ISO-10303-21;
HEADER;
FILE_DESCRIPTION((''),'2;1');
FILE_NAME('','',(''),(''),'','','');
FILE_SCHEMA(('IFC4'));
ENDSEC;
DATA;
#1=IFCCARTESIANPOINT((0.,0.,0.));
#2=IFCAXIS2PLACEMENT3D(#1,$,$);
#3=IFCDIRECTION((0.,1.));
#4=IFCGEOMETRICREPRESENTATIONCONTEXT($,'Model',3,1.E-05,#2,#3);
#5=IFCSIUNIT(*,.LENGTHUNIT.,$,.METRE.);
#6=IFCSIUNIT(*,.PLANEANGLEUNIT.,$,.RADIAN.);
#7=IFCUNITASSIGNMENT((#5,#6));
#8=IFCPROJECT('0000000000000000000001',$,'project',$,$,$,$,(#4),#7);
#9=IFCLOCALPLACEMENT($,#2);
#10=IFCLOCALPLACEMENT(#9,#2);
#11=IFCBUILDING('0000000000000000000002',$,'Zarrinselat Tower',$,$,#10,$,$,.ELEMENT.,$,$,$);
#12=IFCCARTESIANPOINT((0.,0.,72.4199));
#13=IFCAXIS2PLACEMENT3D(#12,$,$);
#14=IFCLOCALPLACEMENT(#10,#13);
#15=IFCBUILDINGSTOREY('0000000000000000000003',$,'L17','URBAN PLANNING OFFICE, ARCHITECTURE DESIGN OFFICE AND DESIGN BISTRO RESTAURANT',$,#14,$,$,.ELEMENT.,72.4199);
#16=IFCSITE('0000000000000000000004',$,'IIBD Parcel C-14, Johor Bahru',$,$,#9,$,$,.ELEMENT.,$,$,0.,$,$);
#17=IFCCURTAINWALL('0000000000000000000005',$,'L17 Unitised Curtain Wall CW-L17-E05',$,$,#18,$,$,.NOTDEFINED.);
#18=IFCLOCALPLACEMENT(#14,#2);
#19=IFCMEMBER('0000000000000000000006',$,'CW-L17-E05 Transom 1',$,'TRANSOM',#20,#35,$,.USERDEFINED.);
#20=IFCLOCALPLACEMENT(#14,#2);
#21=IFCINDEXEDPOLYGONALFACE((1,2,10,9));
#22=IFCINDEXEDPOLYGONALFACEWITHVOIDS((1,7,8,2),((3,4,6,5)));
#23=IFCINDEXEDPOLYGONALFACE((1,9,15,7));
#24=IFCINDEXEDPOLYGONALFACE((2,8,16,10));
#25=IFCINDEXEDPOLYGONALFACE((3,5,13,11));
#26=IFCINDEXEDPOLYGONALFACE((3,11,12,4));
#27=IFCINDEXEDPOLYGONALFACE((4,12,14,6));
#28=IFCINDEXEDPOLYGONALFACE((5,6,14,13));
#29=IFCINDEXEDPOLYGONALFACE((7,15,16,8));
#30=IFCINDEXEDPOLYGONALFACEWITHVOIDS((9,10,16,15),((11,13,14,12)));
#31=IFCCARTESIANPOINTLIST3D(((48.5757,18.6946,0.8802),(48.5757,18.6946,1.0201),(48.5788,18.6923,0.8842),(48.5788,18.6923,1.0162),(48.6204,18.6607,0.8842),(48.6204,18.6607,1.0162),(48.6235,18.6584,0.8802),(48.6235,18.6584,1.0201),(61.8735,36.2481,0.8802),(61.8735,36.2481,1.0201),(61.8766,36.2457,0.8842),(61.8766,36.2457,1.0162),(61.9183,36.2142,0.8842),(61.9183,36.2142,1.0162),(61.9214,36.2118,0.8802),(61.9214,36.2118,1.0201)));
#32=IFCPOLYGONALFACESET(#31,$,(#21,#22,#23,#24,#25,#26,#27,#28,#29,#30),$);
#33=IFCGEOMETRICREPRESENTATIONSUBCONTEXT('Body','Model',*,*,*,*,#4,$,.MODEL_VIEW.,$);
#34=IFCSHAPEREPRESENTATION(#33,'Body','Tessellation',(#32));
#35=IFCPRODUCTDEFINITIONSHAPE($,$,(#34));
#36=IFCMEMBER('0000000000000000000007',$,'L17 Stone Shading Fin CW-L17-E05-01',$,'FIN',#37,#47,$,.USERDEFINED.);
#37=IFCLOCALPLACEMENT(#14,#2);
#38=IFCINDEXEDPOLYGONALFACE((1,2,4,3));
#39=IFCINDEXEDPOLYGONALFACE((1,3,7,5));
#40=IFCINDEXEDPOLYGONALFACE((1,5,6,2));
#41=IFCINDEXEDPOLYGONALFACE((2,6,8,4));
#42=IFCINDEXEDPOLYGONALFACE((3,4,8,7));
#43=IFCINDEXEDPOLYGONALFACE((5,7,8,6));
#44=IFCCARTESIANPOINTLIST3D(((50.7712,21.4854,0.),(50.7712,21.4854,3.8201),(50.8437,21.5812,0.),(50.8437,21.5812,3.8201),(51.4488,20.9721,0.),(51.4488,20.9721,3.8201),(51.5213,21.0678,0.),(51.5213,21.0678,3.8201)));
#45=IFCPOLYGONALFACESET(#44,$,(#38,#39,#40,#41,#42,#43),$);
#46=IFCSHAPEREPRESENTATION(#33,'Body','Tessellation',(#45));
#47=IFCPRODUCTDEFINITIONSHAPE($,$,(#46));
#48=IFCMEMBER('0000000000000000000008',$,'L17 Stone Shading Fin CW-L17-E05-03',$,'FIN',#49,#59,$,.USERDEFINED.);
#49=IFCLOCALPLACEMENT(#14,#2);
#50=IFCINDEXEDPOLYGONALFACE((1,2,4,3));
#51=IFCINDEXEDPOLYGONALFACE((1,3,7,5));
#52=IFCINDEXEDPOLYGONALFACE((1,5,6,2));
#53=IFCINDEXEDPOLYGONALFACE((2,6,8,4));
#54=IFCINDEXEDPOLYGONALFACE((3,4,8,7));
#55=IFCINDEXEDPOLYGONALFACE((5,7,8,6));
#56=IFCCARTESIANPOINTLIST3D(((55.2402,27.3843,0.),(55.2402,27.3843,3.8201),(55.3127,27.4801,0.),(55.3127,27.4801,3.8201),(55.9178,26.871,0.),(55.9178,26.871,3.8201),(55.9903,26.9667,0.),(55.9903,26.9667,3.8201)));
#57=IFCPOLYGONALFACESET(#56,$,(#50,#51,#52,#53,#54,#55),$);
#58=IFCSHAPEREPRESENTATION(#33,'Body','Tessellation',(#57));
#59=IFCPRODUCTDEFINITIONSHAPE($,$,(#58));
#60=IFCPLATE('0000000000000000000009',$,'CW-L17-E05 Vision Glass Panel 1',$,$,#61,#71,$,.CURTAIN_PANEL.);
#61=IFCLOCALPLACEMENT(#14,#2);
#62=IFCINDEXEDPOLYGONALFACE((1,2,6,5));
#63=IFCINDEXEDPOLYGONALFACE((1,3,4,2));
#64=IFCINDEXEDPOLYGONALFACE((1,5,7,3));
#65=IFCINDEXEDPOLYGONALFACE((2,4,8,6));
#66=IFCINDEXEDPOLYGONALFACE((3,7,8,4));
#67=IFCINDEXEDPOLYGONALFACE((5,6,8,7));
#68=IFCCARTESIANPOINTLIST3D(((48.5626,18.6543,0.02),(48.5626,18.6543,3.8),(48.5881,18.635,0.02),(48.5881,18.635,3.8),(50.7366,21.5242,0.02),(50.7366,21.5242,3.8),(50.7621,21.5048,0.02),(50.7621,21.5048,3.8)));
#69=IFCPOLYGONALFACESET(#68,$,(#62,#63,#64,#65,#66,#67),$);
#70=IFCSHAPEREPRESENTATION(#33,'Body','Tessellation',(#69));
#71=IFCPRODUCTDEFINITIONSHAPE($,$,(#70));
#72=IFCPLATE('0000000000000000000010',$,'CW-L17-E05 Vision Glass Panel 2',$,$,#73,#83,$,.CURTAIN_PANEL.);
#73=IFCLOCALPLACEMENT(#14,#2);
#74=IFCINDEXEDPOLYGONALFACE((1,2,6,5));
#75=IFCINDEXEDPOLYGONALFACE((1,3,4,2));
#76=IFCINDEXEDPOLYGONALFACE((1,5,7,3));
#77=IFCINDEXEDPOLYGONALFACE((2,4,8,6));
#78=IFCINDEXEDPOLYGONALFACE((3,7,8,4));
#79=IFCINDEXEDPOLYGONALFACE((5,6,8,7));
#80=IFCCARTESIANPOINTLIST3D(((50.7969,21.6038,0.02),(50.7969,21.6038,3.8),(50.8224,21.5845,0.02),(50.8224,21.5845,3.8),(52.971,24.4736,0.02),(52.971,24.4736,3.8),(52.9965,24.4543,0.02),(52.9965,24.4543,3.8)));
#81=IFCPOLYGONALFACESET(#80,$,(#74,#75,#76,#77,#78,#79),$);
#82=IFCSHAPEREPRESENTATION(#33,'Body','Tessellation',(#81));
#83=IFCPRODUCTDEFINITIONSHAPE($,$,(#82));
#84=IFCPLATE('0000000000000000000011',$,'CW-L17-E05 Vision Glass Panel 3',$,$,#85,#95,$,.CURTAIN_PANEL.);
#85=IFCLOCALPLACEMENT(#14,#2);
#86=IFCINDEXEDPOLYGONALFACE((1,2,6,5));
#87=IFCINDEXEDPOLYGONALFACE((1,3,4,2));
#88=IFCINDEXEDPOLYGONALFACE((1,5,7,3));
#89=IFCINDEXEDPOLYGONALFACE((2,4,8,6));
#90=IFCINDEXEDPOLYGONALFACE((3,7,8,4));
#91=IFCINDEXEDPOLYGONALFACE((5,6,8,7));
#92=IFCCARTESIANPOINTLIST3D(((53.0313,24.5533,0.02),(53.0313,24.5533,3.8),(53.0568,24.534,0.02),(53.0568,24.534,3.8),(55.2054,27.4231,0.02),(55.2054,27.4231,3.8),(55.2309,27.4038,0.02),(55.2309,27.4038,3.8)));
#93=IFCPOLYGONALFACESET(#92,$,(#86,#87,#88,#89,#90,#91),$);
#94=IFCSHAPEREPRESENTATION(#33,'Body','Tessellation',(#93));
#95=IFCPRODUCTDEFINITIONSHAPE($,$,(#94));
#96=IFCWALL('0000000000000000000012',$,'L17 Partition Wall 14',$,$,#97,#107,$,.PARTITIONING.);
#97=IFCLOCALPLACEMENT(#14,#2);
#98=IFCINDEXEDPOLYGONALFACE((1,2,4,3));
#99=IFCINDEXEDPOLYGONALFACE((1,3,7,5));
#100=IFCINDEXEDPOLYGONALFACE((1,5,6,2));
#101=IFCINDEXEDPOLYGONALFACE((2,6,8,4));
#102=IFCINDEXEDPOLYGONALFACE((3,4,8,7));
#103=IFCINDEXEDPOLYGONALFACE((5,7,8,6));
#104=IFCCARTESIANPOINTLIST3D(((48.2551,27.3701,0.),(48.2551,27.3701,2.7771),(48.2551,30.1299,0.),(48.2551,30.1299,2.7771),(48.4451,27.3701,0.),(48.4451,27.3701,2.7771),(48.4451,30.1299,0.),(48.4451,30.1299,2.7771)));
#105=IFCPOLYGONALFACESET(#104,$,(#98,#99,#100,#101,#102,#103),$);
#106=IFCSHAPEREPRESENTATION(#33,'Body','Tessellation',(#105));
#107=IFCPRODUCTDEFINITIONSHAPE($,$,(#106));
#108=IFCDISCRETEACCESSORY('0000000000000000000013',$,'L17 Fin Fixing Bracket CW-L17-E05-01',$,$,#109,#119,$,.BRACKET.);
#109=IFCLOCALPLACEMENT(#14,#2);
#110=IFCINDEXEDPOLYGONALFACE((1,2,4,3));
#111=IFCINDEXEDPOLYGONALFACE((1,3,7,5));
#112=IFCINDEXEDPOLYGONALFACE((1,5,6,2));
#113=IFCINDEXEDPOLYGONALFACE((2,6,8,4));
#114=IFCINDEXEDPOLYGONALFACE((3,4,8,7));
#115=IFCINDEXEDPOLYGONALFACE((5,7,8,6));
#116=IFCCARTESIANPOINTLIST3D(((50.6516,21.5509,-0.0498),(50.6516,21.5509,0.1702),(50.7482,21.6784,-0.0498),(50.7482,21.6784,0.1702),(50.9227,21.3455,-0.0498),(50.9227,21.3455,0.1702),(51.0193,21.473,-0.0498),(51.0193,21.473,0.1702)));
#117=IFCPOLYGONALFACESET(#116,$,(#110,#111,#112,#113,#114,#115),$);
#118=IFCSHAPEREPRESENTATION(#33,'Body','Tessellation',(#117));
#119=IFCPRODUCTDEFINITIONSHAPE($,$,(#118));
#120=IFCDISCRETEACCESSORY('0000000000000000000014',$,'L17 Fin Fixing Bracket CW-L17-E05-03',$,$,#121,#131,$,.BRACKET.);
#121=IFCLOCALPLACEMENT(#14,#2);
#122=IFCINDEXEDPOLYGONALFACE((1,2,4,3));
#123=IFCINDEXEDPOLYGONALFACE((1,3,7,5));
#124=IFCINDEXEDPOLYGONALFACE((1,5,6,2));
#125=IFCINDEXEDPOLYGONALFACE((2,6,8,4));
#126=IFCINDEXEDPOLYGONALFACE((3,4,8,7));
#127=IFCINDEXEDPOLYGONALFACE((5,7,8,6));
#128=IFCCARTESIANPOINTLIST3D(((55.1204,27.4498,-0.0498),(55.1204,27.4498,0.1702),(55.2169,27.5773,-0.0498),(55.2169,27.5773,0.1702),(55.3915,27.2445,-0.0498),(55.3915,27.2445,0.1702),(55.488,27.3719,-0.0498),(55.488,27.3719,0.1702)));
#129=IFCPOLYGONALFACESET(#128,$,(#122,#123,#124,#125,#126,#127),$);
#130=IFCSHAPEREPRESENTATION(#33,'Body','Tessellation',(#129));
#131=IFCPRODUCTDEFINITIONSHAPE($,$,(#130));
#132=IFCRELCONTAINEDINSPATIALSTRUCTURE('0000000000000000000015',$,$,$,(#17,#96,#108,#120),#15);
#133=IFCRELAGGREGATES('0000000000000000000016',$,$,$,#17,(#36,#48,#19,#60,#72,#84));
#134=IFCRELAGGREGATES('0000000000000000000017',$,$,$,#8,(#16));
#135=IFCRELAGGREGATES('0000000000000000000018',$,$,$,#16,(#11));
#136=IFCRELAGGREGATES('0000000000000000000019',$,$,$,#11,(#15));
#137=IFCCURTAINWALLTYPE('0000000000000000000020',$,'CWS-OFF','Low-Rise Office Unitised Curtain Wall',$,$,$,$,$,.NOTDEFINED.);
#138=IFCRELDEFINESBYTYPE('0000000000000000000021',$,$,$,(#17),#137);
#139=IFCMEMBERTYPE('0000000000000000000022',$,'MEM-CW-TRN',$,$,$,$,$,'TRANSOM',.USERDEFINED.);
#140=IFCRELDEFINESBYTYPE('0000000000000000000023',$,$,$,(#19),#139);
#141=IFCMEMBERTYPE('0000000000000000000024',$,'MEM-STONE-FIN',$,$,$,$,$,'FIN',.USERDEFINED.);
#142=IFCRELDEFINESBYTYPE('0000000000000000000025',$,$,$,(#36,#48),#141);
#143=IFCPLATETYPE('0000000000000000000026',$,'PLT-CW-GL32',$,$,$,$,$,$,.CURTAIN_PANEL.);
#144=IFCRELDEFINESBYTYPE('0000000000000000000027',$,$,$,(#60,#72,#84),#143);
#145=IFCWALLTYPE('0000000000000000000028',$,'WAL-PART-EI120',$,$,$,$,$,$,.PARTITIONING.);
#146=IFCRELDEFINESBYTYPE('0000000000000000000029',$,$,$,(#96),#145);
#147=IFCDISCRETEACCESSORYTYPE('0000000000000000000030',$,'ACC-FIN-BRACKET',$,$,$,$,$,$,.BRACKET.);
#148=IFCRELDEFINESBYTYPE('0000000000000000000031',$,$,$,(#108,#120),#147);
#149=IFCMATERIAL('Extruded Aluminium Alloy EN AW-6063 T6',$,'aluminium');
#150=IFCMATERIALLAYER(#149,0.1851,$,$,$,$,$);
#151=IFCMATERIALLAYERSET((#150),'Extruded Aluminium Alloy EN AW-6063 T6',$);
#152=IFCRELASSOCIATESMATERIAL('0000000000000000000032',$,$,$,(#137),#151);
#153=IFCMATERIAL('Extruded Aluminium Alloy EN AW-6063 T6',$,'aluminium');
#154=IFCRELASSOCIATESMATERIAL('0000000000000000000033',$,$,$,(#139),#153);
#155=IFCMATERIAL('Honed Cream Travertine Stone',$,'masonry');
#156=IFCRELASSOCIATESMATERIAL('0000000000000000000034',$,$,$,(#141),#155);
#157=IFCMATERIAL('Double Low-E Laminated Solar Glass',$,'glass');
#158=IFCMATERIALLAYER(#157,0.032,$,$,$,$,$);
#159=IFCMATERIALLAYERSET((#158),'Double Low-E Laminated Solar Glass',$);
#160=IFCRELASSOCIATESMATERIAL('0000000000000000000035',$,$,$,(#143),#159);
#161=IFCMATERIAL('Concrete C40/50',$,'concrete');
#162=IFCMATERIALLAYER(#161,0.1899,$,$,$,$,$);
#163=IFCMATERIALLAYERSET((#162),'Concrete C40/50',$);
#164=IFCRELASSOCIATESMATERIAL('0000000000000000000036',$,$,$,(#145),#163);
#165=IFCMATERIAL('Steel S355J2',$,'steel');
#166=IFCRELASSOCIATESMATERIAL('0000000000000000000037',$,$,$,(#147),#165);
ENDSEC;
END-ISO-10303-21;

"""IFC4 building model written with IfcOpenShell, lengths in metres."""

from ifc_helpers import new_model, si_unit, direction, frame, frame_2d, origin, origin_2d, place, context, subcontext, project, spatial, rectangle, hollow_rectangle, extrude, material, layer, layer_set, material_profile, profile_set, type_object, element, aggregate, save


model = new_model("IFC4")

# Units and contexts
model_context = context("Model", 3, precision=1e-05, world=origin(), true_north=direction((0.0, 1.0)))
body_context = subcontext(model_context, "Body", "Model", "MODEL_VIEW")
ifc_project = project(units=[si_unit("LENGTHUNIT", "METRE"), si_unit("PLANEANGLEUNIT", "RADIAN")], contexts=[model_context])

# Site, building, storey
site_placement = place(None, origin())
site = spatial("IfcSite", under=ifc_project, at=site_placement, Name="IIBD Parcel C-14, Johor Bahru", CompositionType="ELEMENT", RefElevation=0.0)
building_placement = place(site_placement, origin())
building = spatial("IfcBuilding", under=site, at=building_placement, Name="Zarrinselat Tower", CompositionType="ELEMENT")
storey_placement = place(building_placement, frame((0.0, 0.0, 72.4199)))
storey = spatial("IfcBuildingStorey", under=building, at=storey_placement, Name="L17", Description="URBAN PLANNING OFFICE, ARCHITECTURE DESIGN OFFICE AND DESIGN BISTRO RESTAURANT", CompositionType="ELEMENT", Elevation=72.4199)

# Shared definitions
ifc_material_1 = material(Name="Extruded Aluminium Alloy EN AW-6063 T6", Category="aluminium")
ifc_layer_1 = layer(ifc_material_1, 0.1851)
ifc_layer_set_1 = layer_set([ifc_layer_1], Name="Extruded Aluminium Alloy EN AW-6063 T6")
curtain_wall_type = type_object("IfcCurtainWallType", Name="CWS-OFF", Description="Low-Rise Office Unitised Curtain Wall", PredefinedType="NOTDEFINED", material=ifc_layer_set_1)

# Curtain wall, members, plates
curtain_wall_1_placement = place(storey_placement, origin())
curtain_wall_1 = element("IfcCurtainWall", 1, at=curtain_wall_1_placement, inside=storey, type_object=curtain_wall_type, Name="L17 Unitised Curtain Wall CW-L17-E05", PredefinedType="NOTDEFINED")
ifc_material_2 = material(Name="Extruded Aluminium Alloy EN AW-6063 T6", Category="aluminium")
ifc_material_profile_1 = material_profile(ifc_material_2, hollow_rectangle(XDim=0.0601, YDim=0.1399, WallThickness=0.0039, at=origin_2d()), Name="RHS 140x60x4")
ifc_profile_set_1 = profile_set([ifc_material_profile_1], Name="Extruded Aluminium Alloy EN AW-6063 T6")
member_type_1 = type_object("IfcMemberType", Name="MEM-CW-TRN", ElementType="TRANSOM", PredefinedType="USERDEFINED", material=ifc_profile_set_1)
member_1_placement = place(storey_placement, frame((48.5996, 18.6765, 0.9502), z_axis=(0.603851, 0.797097, 0.0), x_axis=(-0.797097, 0.603851, 0.0)))
member_1 = element("IfcMember", 2, at=member_1_placement, type_object=member_type_1, Name="CW-L17-E05 Transom 1", ObjectType="TRANSOM", PredefinedType="USERDEFINED", context=body_context, shape_type="SweptSolid", body=[
    extrude(hollow_rectangle(XDim=0.0601, YDim=0.1399, WallThickness=0.0039, at=origin_2d()), origin(), (0.0, 0.0, 1.0), 22.0217),
])
ifc_material_3 = material(Name="Honed Cream Travertine Stone", Category="masonry")
ifc_material_profile_2 = material_profile(ifc_material_3, rectangle(XDim=0.1201, YDim=0.8501, at=origin_2d()), Name="FIN 850x120")
ifc_profile_set_2 = profile_set([ifc_material_profile_2], Name="Honed Cream Travertine Stone")
member_type_2 = type_object("IfcMemberType", Name="MEM-STONE-FIN", ElementType="FIN", PredefinedType="USERDEFINED", material=ifc_profile_set_2)
member_2_placement = place(storey_placement, frame((51.1462, 21.2766, 0.0), z_axis=(0.0, 0.0, 1.0), x_axis=(-0.603855, -0.797094, 0.0)))
member_2 = element("IfcMember", 3, at=member_2_placement, type_object=member_type_2, Name="L17 Stone Shading Fin CW-L17-E05-01", ObjectType="FIN", PredefinedType="USERDEFINED", context=body_context, shape_type="SweptSolid", body=[
    extrude(rectangle(XDim=0.1201, YDim=0.8501, at=origin_2d()), origin(), (0.0, 0.0, 1.0), 3.8201),
])
member_3_placement = place(storey_placement, frame((55.6152, 27.1755, 0.0), z_axis=(0.0, 0.0, 1.0), x_axis=(-0.603855, -0.797094, 0.0)))
member_3 = element("IfcMember", 4, at=member_3_placement, type_object=member_type_2, Name="L17 Stone Shading Fin CW-L17-E05-03", ObjectType="FIN", PredefinedType="USERDEFINED", context=body_context, shape_type="SweptSolid", body=[
    extrude(rectangle(XDim=0.1201, YDim=0.8501, at=origin_2d()), origin(), (0.0, 0.0, 1.0), 3.8201),
])
ifc_material_4 = material(Name="Double Low-E Laminated Solar Glass", Category="glass")
ifc_layer_2 = layer(ifc_material_4, 0.032)
ifc_layer_set_2 = layer_set([ifc_layer_2], Name="Double Low-E Laminated Solar Glass")
plate_type = type_object("IfcPlateType", Name="PLT-CW-GL32", PredefinedType="CURTAIN_PANEL", material=ifc_layer_set_2)
plate_1_placement = place(storey_placement, frame((49.6624, 20.0796, 0.02), z_axis=(0.0, 0.0, 1.0), x_axis=(0.603855, 0.797094, 0.0)))
plate_1 = element("IfcPlate", 5, at=plate_1_placement, type_object=plate_type, Name="CW-L17-E05 Vision Glass Panel 1", PredefinedType="CURTAIN_PANEL", context=body_context, shape_type="SweptSolid", body=[
    extrude(rectangle(XDim=3.6003, YDim=0.032, at=origin_2d()), origin(), (0.0, 0.0, 1.0), 3.78),
])
plate_2_placement = place(storey_placement, frame((51.8967, 23.0291, 0.02), z_axis=(0.0, 0.0, 1.0), x_axis=(0.603855, 0.797094, 0.0)))
plate_2 = element("IfcPlate", 6, at=plate_2_placement, type_object=plate_type, Name="CW-L17-E05 Vision Glass Panel 2", PredefinedType="CURTAIN_PANEL", context=body_context, shape_type="SweptSolid", body=[
    extrude(rectangle(XDim=3.6003, YDim=0.032, at=origin_2d()), origin(), (0.0, 0.0, 1.0), 3.78),
])
plate_3_placement = place(storey_placement, frame((54.1311, 25.9785, 0.02), z_axis=(0.0, 0.0, 1.0), x_axis=(0.603855, 0.797094, 0.0)))
plate_3 = element("IfcPlate", 7, at=plate_3_placement, type_object=plate_type, Name="CW-L17-E05 Vision Glass Panel 3", PredefinedType="CURTAIN_PANEL", context=body_context, shape_type="SweptSolid", body=[
    extrude(rectangle(XDim=3.6003, YDim=0.032, at=origin_2d()), origin(), (0.0, 0.0, 1.0), 3.78),
])
aggregate(curtain_wall_1, [member_2, member_3, member_1, plate_1, plate_2, plate_3])

# Wall
ifc_material_5 = material(Name="Concrete C40/50", Category="concrete")
ifc_layer_3 = layer(ifc_material_5, 0.1899)
ifc_layer_set_3 = layer_set([ifc_layer_3], Name="Concrete C40/50")
wall_type = type_object("IfcWallType", Name="WAL-PART-EI120", PredefinedType="PARTITIONING", material=ifc_layer_set_3)
wall_placement = place(storey_placement, frame((48.3501, 27.3701, 0.0), z_axis=(0.0, 0.0, 1.0), x_axis=(0.0, 1.0, 0.0)))
element("IfcWall", 8, at=wall_placement, inside=storey, type_object=wall_type, Name="L17 Partition Wall 14", PredefinedType="PARTITIONING", context=body_context, shape_type="SweptSolid", body=[
    extrude(rectangle(XDim=2.7598, YDim=0.1899, at=frame_2d((1.3799, 0.0))), origin(), (0.0, 0.0, 1.0), 2.7771),
])

# Discrete accessories
ifc_material_6 = material(Name="Steel S355J2", Category="steel")
discrete_accessory_type = type_object("IfcDiscreteAccessoryType", Name="ACC-FIN-BRACKET", PredefinedType="BRACKET", material=ifc_material_6)
for number, where, z_axis, x_axis, name in (
    (9, (50.8354, 21.512, -0.0498), (0.0, 0.0, 1.0), (0.797094, -0.603855, 0.0), "L17 Fin Fixing Bracket CW-L17-E05-01"),
    (10, (55.3042, 27.4109, -0.0498), (0.0, 0.0, 1.0), (0.797094, -0.603855, 0.0), "L17 Fin Fixing Bracket CW-L17-E05-03"),
):
    element("IfcDiscreteAccessory", number, at=place(storey_placement, frame(where, z_axis=z_axis, x_axis=x_axis)), inside=storey, type_object=discrete_accessory_type, Name=name, PredefinedType="BRACKET", context=body_context, shape_type="SweptSolid", body=[
        extrude(rectangle(XDim=0.3401, YDim=0.1599, at=origin_2d()), origin(), (0.0, 0.0, 1.0), 0.22),
    ])

save(model, "model.ifc")
